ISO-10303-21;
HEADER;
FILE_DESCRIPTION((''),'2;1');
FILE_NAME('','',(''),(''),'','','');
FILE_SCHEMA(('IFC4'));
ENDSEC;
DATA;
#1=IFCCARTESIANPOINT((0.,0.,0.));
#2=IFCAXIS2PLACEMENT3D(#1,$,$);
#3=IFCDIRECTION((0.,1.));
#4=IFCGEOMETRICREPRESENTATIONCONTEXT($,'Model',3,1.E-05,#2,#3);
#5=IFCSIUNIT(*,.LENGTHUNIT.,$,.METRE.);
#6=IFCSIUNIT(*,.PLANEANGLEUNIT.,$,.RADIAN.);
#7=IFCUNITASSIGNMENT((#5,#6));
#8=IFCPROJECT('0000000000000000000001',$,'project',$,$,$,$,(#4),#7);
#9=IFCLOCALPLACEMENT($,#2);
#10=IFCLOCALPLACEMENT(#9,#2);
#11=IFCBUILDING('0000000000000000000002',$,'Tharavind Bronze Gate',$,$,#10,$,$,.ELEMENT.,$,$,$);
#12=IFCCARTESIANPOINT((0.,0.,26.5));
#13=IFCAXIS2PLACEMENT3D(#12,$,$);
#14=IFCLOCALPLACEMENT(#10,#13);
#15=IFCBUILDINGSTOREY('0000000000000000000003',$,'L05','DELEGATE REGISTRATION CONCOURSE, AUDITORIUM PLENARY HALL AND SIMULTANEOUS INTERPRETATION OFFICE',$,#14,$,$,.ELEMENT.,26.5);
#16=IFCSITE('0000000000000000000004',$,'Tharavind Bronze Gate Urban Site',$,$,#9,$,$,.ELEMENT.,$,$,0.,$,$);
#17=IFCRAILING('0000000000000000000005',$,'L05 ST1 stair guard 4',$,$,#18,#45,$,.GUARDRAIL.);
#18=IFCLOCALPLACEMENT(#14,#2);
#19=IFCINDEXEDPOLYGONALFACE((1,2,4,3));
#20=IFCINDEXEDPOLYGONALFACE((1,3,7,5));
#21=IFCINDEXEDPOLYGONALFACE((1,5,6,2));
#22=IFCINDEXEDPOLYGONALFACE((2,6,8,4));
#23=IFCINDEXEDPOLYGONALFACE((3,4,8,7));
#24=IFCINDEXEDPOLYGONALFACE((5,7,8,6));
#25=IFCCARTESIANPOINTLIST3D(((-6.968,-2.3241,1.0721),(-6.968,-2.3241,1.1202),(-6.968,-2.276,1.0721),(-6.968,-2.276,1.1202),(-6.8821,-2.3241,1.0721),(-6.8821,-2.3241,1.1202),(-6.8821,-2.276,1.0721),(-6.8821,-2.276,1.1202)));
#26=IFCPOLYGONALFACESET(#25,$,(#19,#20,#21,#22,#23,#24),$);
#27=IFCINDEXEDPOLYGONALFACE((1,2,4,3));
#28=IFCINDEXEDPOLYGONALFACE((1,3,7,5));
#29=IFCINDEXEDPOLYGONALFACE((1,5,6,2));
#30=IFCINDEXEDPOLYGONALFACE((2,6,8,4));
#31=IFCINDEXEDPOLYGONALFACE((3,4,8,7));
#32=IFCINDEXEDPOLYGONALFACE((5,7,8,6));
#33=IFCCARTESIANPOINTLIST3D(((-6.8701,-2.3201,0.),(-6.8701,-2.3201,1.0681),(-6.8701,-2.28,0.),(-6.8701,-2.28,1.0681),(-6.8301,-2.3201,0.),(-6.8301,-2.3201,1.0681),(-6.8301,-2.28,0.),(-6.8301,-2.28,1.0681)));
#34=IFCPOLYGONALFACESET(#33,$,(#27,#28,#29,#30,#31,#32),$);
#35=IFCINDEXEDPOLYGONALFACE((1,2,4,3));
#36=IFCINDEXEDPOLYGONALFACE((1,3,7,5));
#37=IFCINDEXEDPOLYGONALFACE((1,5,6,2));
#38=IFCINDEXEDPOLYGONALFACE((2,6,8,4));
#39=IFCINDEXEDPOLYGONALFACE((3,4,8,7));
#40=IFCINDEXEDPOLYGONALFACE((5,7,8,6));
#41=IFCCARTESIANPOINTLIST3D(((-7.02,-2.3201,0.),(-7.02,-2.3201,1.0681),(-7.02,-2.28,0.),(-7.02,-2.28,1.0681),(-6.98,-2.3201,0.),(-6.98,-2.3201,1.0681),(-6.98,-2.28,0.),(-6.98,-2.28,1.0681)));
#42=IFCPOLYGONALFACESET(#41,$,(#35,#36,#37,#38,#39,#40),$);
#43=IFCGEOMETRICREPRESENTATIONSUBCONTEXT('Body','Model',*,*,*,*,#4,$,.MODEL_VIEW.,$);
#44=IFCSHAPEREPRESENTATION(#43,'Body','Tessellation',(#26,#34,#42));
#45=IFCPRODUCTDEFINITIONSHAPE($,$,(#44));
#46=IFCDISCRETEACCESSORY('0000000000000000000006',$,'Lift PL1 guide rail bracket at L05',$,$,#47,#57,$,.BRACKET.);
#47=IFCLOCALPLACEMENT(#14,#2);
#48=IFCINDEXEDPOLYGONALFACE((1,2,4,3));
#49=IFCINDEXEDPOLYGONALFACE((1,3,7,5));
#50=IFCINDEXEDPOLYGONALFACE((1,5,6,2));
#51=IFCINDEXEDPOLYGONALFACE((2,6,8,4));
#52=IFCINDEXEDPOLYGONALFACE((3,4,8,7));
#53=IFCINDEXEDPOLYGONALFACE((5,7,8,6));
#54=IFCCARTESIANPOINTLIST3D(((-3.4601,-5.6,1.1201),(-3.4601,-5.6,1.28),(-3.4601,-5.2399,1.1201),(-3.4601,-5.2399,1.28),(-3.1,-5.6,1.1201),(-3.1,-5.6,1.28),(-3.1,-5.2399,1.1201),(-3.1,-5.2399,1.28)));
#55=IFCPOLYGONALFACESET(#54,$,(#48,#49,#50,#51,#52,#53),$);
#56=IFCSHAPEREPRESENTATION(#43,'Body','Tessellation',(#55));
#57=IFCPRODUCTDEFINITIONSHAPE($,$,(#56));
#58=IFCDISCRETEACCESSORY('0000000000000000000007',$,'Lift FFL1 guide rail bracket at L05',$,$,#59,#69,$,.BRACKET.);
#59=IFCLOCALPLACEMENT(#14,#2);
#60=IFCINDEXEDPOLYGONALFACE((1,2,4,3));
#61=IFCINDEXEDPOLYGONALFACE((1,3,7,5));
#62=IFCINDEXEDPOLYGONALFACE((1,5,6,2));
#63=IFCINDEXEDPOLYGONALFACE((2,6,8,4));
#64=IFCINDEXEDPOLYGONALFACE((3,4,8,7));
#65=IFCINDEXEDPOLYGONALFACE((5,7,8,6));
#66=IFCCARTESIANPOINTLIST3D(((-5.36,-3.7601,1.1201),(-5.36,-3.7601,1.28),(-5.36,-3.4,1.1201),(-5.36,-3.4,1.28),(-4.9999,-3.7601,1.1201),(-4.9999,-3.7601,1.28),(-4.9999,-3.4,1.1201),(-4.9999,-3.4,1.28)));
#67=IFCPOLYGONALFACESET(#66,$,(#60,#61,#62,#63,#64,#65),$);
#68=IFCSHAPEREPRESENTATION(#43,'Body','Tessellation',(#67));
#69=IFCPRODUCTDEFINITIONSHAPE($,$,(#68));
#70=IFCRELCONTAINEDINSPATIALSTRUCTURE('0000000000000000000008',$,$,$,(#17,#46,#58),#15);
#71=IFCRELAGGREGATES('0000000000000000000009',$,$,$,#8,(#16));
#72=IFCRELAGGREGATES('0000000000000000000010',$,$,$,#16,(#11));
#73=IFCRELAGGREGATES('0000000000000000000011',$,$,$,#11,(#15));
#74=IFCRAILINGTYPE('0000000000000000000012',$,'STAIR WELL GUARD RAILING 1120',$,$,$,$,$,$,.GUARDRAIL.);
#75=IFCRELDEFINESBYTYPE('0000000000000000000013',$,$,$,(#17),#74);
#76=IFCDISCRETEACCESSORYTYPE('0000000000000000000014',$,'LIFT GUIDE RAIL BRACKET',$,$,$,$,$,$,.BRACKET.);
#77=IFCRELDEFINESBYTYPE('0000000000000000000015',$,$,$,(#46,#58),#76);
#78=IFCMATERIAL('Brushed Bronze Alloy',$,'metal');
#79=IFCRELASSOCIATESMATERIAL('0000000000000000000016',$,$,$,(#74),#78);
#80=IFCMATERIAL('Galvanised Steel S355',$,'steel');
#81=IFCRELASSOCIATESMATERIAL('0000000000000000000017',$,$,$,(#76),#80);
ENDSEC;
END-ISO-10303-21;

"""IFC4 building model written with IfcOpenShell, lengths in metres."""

from ifc_helpers import new_model, si_unit, direction, frame, origin, origin_2d, place, context, subcontext, project, spatial, rectangle, extrude, material, type_object, element, save


model = new_model("IFC4")

# Units and contexts
model_context = context("Model", 3, precision=1e-05, world=origin(), true_north=direction((0.0, 1.0)))
body_context = subcontext(model_context, "Body", "Model", "MODEL_VIEW")
ifc_project = project(units=[si_unit("LENGTHUNIT", "METRE"), si_unit("PLANEANGLEUNIT", "RADIAN")], contexts=[model_context])

# Site, building, storey
site_placement = place(None, origin())
site = spatial("IfcSite", under=ifc_project, at=site_placement, Name="Tharavind Bronze Gate Urban Site", CompositionType="ELEMENT", RefElevation=0.0)
building_placement = place(site_placement, origin())
building = spatial("IfcBuilding", under=site, at=building_placement, Name="Tharavind Bronze Gate", CompositionType="ELEMENT")
storey_placement = place(building_placement, frame((0.0, 0.0, 26.5)))
storey = spatial("IfcBuildingStorey", under=building, at=storey_placement, Name="L05", Description="DELEGATE REGISTRATION CONCOURSE, AUDITORIUM PLENARY HALL AND SIMULTANEOUS INTERPRETATION OFFICE", CompositionType="ELEMENT", Elevation=26.5)

# Railing
ifc_material_1 = material(Name="Brushed Bronze Alloy", Category="metal")
railing_type = type_object("IfcRailingType", Name="STAIR WELL GUARD RAILING 1120", PredefinedType="GUARDRAIL", material=ifc_material_1)
railing_1_placement = place(storey_placement, frame((-6.8501, -2.3, 0.0)))
element("IfcRailing", 1, at=railing_1_placement, inside=storey, type_object=railing_type, Name="L05 ST1 stair guard 4", PredefinedType="GUARDRAIL", context=body_context, shape_type="SweptSolid", body=[
    extrude(rectangle(XDim=0.0481, YDim=0.0481, at=origin_2d()), frame((-0.032, 0.0, 1.0962), z_axis=(-1.0, 0.0, 0.0), x_axis=(0.0, -1.0, 0.0)), (0.0, 0.0, 1.0), 0.0859),
    extrude(rectangle(XDim=0.04, YDim=0.04, at=origin_2d()), origin(), (0.0, 0.0, 1.0), 1.0681),
    extrude(rectangle(XDim=0.04, YDim=0.04, at=origin_2d()), frame((-0.1499, 0.0, 0.0)), (0.0, 0.0, 1.0), 1.0681),
])

# Discrete accessories
ifc_material_2 = material(Name="Galvanised Steel S355", Category="steel")
discrete_accessory_type = type_object("IfcDiscreteAccessoryType", Name="LIFT GUIDE RAIL BRACKET", PredefinedType="BRACKET", material=ifc_material_2)
for number, where, z_axis, x_axis, name in (
    (2, (-3.28, -5.4199, 1.1201), (0.0, 0.0, 1.0), (1.0, 0.0, 0.0), "Lift PL1 guide rail bracket at L05"),
    (3, (-5.1799, -3.5801, 1.1201), (0.0, 0.0, 1.0), (1.0, 0.0, 0.0), "Lift FFL1 guide rail bracket at L05"),
):
    element("IfcDiscreteAccessory", number, at=place(storey_placement, frame(where, z_axis=z_axis, x_axis=x_axis)), inside=storey, type_object=discrete_accessory_type, Name=name, PredefinedType="BRACKET", context=body_context, shape_type="SweptSolid", body=[
        extrude(rectangle(XDim=0.3601, YDim=0.3601, at=origin_2d()), origin(), (0.0, 0.0, 1.0), 0.1599),
    ])

save(model, "model.ifc")
